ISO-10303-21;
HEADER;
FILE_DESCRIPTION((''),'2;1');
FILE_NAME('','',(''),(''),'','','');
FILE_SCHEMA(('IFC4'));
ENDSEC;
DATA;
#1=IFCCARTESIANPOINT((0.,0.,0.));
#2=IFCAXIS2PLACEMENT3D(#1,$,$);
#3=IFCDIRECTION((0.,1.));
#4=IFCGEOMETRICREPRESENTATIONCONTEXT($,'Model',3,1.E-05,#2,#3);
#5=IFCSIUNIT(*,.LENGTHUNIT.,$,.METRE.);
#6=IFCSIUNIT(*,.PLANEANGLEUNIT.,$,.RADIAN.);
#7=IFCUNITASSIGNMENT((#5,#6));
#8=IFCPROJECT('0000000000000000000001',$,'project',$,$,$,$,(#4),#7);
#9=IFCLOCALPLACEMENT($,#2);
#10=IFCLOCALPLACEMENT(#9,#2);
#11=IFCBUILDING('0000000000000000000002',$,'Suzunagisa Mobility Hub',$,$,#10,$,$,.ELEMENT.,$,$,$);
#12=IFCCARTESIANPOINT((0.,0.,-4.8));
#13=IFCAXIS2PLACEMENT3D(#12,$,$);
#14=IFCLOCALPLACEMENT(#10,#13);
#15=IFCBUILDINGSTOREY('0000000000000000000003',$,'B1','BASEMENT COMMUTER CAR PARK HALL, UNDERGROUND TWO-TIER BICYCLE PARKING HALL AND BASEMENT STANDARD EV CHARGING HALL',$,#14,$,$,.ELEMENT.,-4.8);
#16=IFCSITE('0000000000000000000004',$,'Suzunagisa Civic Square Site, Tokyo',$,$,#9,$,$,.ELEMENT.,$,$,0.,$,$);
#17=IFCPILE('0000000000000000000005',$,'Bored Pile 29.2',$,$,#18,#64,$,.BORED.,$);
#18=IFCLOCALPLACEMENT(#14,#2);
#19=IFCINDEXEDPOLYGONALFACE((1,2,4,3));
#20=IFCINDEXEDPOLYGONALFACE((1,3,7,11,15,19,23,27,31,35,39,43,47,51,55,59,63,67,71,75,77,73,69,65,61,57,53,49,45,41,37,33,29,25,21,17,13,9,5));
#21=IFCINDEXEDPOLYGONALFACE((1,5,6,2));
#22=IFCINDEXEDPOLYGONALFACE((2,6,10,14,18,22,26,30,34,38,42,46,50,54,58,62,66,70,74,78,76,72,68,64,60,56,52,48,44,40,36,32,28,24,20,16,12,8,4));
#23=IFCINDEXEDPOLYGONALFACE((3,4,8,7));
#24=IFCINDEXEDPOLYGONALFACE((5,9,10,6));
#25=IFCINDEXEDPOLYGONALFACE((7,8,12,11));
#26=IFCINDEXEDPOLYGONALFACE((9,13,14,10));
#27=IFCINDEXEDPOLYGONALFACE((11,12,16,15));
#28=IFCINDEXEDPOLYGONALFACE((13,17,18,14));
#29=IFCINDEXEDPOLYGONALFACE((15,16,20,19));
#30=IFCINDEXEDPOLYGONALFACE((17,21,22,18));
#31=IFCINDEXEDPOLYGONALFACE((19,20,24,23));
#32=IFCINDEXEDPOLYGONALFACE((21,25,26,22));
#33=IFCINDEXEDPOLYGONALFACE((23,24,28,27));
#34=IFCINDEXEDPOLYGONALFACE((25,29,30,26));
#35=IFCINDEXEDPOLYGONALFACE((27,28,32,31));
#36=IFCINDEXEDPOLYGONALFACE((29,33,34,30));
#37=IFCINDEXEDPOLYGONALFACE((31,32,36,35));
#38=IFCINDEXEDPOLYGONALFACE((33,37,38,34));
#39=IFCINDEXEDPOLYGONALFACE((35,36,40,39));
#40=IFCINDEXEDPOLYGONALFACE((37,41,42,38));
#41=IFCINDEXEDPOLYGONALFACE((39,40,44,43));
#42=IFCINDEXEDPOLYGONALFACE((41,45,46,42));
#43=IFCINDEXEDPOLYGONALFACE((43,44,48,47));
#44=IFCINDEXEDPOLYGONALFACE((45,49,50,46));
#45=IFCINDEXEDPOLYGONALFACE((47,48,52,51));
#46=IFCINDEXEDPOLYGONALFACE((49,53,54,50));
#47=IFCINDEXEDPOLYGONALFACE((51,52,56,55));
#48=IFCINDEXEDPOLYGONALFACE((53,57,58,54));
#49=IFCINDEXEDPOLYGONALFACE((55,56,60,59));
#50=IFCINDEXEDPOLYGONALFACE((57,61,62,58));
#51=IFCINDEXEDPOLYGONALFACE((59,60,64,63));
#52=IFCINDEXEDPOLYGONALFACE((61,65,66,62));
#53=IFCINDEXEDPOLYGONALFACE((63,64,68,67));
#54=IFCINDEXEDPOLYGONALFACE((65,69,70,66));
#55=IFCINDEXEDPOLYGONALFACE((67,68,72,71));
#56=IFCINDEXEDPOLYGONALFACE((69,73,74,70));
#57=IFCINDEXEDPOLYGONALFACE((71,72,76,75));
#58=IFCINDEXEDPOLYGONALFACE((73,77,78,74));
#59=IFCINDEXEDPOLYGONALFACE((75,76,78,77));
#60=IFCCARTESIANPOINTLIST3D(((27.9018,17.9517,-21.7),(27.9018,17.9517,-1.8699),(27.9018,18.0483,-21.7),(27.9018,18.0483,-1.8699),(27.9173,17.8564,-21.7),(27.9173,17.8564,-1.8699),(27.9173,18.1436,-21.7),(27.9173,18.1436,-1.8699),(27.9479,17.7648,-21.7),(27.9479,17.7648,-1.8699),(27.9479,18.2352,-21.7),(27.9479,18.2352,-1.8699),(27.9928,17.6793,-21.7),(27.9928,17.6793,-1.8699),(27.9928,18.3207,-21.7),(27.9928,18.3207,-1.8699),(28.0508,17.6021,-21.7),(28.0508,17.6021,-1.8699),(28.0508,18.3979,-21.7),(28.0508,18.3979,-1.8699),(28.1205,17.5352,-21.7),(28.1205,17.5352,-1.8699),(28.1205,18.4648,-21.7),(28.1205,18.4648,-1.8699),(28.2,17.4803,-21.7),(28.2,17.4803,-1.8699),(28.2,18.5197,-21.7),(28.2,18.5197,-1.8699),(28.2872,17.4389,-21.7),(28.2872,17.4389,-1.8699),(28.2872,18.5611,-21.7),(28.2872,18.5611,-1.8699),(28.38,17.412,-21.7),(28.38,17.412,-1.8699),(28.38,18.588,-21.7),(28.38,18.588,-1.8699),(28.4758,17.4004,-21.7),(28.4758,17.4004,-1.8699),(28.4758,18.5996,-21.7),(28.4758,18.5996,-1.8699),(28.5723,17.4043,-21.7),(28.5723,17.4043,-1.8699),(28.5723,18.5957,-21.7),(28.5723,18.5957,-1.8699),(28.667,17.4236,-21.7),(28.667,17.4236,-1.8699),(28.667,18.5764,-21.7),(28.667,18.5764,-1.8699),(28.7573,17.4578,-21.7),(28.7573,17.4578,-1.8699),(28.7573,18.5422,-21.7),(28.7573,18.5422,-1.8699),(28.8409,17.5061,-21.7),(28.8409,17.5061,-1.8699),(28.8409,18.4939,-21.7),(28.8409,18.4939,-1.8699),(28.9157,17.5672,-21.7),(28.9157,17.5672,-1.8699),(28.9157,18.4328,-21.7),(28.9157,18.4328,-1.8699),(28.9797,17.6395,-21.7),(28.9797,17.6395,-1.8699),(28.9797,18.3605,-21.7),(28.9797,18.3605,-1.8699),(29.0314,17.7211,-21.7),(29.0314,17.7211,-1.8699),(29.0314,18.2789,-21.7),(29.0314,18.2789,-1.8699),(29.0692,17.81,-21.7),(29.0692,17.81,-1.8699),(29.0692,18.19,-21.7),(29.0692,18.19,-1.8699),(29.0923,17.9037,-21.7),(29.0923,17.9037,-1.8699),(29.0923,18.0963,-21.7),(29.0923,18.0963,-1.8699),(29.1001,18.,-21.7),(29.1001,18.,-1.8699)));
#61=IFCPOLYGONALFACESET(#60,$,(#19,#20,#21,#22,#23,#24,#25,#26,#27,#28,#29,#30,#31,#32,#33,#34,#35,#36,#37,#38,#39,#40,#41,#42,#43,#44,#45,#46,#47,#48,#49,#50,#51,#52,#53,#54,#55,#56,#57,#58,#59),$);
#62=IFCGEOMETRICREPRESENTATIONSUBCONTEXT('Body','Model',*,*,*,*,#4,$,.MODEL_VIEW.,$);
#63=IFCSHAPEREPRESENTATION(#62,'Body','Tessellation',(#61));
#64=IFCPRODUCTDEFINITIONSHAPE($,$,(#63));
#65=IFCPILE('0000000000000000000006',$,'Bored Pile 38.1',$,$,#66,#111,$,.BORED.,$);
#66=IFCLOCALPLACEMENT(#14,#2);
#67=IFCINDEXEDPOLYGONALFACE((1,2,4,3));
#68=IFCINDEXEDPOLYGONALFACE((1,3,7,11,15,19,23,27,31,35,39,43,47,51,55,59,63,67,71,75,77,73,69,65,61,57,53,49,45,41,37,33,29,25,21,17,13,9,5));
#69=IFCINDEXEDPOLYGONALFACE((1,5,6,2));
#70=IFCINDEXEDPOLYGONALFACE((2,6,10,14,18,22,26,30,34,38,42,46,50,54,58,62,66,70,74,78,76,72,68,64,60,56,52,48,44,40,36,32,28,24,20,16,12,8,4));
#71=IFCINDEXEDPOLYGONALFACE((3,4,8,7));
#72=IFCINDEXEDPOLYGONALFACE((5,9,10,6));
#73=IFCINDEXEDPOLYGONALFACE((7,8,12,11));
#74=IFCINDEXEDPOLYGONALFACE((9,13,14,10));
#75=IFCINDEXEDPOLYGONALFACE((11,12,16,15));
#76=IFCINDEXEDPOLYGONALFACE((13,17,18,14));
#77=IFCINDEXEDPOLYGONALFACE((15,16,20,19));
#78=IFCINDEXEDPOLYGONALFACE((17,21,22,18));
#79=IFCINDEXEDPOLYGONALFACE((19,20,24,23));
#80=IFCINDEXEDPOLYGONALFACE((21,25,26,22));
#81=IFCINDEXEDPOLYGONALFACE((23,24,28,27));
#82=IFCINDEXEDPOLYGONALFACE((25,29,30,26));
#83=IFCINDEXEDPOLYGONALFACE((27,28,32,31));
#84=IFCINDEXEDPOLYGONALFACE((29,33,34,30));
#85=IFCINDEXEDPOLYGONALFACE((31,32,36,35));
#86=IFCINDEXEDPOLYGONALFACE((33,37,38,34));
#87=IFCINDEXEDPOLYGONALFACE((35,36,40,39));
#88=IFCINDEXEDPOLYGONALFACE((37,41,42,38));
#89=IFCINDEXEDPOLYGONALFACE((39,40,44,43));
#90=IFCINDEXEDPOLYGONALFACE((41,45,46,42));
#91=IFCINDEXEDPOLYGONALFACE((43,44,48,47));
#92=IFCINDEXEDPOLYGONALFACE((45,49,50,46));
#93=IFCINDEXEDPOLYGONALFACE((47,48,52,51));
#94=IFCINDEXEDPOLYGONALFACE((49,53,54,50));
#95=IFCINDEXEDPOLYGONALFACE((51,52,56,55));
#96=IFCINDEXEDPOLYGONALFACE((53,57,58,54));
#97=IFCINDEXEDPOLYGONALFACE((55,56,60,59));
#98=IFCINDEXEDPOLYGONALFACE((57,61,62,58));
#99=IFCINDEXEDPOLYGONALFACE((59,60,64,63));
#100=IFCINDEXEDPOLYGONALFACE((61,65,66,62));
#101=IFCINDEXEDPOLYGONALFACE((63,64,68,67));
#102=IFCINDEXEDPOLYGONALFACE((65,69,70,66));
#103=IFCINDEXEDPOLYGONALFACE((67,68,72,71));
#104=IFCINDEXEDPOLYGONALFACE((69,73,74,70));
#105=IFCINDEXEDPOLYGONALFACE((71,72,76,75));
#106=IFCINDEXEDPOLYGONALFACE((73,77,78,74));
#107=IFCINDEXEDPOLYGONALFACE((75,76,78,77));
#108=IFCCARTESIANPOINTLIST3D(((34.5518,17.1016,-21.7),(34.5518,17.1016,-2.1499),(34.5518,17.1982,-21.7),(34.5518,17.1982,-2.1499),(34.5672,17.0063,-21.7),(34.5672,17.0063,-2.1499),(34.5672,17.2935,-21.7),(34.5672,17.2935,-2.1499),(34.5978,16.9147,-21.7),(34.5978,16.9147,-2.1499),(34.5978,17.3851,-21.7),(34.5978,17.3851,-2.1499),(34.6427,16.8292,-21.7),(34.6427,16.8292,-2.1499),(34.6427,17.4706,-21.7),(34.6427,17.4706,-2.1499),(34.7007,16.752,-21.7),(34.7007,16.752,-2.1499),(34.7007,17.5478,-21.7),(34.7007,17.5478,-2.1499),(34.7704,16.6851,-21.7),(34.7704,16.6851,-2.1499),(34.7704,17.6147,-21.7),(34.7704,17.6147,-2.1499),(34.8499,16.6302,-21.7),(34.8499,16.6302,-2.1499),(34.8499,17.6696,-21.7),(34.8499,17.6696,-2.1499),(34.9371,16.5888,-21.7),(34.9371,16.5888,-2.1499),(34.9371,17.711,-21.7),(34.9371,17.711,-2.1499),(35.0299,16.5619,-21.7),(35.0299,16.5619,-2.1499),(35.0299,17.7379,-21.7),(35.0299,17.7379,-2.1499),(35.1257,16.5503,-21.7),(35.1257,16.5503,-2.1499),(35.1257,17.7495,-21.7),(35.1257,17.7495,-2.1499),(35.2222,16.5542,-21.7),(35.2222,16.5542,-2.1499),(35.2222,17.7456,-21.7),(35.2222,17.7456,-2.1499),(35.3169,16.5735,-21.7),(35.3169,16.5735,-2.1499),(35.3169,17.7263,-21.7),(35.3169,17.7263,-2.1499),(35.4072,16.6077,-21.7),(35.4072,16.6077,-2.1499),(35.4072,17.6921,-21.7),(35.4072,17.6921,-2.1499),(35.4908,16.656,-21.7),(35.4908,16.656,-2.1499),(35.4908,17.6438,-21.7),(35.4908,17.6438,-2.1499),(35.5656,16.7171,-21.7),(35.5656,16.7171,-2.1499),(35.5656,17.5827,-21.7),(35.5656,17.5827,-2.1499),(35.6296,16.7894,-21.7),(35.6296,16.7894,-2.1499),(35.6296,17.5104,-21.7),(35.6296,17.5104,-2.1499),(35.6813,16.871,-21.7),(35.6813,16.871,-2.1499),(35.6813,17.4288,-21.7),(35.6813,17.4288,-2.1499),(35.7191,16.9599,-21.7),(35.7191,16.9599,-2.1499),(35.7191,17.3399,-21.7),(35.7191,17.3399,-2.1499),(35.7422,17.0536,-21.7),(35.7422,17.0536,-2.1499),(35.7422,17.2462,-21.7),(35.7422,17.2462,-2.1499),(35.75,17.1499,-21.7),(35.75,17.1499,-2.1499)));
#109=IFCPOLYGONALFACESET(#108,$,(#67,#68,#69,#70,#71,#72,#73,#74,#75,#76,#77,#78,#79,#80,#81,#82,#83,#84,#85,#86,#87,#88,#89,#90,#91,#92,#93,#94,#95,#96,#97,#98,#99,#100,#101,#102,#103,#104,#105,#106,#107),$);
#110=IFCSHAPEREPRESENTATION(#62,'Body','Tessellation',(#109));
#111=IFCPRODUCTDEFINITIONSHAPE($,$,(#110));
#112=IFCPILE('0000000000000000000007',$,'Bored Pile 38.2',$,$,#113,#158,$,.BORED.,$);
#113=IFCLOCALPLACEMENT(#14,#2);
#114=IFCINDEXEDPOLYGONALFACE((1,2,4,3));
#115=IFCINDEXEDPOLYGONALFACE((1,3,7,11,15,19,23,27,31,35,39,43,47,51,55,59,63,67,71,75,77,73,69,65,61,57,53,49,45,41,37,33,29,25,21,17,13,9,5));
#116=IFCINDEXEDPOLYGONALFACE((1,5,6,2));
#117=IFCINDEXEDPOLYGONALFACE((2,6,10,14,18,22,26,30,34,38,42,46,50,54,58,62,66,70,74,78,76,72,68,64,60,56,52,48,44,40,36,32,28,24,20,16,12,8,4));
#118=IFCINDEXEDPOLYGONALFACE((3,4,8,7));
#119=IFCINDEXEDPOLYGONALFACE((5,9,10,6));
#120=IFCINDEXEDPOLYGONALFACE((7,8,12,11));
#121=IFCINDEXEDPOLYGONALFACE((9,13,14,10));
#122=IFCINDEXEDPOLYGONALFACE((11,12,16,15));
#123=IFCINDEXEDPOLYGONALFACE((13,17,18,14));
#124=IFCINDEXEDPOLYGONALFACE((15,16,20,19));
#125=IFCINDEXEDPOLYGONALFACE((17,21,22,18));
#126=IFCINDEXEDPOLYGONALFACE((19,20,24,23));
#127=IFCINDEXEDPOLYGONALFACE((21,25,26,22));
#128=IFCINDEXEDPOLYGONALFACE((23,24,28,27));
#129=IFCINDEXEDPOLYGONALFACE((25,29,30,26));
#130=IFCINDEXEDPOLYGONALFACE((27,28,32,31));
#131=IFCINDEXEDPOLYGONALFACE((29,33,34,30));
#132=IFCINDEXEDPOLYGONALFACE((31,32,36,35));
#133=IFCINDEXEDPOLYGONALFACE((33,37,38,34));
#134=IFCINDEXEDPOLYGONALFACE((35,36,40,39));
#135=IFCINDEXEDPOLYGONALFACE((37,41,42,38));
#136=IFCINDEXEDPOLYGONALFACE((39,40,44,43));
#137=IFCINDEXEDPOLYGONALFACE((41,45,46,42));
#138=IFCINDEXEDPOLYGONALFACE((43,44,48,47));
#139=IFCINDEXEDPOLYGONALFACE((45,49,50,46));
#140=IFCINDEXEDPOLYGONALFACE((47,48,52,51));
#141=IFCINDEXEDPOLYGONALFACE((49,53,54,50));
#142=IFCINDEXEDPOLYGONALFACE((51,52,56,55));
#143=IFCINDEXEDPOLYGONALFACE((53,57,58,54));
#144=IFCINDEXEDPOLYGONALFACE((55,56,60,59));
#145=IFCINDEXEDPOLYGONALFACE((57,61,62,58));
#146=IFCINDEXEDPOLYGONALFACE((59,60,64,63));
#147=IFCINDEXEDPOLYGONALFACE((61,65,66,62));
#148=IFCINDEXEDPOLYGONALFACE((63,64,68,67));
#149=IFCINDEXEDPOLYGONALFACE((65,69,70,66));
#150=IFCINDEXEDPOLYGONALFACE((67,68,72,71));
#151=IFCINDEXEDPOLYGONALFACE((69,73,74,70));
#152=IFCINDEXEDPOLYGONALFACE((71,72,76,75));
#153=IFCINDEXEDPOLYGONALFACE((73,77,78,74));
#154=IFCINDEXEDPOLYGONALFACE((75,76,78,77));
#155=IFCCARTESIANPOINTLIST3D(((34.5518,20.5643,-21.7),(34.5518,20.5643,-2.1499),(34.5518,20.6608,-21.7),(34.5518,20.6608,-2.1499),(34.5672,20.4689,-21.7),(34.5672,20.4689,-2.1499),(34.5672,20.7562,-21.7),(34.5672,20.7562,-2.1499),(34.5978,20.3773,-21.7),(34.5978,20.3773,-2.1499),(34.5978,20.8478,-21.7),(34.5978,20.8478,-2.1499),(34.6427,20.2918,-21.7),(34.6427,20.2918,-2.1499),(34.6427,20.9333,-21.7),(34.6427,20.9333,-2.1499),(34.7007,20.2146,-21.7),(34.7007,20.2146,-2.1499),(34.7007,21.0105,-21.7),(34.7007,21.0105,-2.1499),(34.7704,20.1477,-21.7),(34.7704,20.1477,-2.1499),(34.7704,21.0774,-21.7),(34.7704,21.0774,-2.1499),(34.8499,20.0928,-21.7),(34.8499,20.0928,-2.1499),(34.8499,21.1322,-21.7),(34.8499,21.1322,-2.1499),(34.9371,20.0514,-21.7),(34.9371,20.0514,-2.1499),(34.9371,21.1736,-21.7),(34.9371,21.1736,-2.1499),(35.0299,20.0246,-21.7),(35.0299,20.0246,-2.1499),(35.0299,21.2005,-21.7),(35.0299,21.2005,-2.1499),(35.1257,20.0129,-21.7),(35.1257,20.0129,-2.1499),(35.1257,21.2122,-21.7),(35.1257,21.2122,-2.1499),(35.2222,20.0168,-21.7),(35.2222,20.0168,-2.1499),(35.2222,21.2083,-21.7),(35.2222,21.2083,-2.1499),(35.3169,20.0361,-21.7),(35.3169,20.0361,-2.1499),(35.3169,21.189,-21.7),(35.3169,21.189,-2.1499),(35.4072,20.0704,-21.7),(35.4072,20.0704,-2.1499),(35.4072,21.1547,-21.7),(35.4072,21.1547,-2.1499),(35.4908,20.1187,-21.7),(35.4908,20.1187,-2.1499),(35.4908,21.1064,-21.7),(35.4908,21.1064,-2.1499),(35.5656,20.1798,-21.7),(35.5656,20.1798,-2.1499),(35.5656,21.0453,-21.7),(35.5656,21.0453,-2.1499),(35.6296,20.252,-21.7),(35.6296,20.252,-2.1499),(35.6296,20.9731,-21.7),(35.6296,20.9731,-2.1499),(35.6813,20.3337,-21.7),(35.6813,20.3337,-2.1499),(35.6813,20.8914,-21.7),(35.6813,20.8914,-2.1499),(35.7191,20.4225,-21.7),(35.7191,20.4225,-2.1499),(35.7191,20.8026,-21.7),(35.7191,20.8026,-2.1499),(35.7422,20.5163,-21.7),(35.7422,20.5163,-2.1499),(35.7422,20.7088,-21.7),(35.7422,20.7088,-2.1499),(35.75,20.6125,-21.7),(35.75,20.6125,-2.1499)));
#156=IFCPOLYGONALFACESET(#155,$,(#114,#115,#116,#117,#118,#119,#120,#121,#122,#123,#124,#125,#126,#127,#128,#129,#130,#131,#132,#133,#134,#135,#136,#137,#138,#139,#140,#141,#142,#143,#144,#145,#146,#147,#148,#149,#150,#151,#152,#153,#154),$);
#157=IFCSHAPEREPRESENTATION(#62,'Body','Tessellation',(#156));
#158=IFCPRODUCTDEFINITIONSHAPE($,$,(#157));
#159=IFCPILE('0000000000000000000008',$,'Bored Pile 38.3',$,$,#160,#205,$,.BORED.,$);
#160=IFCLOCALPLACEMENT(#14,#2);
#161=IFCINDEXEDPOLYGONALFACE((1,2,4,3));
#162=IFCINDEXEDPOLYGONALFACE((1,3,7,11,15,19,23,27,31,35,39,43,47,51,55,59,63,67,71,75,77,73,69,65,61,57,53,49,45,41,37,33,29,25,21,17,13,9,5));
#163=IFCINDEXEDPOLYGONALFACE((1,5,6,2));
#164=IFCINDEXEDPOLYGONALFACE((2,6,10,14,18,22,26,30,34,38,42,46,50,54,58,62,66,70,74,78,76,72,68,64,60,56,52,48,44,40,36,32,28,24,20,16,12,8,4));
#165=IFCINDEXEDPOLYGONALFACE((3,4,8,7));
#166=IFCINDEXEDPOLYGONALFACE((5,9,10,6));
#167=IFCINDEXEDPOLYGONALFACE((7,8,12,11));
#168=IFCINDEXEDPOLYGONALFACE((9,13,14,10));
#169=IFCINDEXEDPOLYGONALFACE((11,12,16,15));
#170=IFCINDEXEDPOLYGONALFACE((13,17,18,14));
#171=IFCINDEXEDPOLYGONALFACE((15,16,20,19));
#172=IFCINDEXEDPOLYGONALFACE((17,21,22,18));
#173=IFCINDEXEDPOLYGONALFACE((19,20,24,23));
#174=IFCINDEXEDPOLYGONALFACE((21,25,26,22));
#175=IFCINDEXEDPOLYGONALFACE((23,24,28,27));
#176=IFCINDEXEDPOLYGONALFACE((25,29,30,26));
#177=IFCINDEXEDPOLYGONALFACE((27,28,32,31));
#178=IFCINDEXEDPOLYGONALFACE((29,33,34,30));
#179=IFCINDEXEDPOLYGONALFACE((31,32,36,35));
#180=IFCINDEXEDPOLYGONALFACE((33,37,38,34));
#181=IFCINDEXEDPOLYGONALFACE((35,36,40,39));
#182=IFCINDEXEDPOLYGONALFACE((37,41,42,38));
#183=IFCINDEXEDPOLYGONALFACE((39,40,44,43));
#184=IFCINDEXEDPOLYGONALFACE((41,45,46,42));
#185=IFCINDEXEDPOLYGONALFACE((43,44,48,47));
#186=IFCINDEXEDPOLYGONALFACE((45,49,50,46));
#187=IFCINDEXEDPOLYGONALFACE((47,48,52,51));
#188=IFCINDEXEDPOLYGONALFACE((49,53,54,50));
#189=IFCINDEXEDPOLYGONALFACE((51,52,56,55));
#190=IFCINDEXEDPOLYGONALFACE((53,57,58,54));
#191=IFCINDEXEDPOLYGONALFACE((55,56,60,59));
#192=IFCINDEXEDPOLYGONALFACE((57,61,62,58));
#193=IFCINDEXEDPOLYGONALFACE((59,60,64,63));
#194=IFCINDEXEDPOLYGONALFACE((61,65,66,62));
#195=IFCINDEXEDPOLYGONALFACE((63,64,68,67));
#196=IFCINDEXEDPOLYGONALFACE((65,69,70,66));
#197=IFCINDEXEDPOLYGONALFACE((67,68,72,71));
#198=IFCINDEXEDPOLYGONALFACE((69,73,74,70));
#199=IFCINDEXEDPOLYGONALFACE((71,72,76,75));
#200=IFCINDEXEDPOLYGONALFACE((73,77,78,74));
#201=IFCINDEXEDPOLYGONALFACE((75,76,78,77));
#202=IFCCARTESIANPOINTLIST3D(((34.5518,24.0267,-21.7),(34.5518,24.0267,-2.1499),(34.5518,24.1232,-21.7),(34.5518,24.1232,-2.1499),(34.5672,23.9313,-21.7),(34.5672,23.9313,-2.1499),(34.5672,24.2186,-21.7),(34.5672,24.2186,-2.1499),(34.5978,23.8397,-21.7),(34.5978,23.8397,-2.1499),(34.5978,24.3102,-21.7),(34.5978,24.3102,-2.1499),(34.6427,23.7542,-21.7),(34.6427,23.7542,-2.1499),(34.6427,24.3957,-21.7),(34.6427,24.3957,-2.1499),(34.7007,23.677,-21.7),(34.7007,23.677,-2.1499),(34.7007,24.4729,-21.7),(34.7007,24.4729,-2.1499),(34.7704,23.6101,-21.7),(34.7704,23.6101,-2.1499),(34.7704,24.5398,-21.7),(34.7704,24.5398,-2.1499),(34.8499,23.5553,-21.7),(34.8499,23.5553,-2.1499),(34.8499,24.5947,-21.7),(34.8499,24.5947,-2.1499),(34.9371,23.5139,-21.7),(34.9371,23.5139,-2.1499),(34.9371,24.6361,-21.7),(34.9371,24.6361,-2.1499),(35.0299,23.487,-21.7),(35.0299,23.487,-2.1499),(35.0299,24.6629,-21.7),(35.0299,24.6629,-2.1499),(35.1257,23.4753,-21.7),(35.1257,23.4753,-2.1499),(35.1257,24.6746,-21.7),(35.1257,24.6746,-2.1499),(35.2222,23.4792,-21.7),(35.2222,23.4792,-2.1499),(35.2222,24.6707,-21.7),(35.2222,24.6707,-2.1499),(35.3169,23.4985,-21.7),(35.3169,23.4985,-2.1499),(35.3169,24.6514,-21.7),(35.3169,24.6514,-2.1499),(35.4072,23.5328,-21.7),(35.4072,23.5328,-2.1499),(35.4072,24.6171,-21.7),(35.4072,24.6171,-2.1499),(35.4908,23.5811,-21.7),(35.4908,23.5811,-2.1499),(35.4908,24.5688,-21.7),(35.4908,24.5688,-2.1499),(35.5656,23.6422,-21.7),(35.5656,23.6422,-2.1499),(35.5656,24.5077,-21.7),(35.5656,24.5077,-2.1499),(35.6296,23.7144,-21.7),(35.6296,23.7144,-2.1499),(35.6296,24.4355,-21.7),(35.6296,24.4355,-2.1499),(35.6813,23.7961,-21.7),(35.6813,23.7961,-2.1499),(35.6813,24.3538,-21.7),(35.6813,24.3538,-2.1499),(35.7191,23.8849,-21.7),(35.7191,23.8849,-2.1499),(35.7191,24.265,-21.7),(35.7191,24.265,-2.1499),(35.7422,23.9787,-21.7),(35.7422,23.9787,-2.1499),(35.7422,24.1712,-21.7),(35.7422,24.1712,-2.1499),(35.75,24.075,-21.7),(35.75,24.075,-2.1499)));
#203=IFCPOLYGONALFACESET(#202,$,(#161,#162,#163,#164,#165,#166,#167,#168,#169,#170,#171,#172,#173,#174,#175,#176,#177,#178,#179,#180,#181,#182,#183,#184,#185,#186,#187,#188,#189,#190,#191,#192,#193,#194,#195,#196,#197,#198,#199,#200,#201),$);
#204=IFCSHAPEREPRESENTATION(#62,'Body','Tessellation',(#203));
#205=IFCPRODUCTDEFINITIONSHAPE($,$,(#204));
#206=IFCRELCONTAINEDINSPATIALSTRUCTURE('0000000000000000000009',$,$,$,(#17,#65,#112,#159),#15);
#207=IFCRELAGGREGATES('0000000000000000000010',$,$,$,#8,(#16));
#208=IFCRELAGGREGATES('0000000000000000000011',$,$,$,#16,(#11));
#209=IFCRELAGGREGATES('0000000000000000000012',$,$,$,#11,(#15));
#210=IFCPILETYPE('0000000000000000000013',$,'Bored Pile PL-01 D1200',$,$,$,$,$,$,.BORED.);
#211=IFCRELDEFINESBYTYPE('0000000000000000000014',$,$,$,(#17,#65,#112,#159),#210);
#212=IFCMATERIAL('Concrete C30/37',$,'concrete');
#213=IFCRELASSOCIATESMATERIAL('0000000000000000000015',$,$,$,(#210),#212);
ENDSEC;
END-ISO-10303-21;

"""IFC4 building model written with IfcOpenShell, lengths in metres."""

from ifc_helpers import new_model, si_unit, direction, frame, origin, origin_2d, place, context, subcontext, project, spatial, circle, extrude, material, material_profile, profile_set, type_object, element, save


model = new_model("IFC4")

# Units and contexts
model_context = context("Model", 3, precision=1e-05, world=origin(), true_north=direction((0.0, 1.0)))
body_context = subcontext(model_context, "Body", "Model", "MODEL_VIEW")
ifc_project = project(units=[si_unit("LENGTHUNIT", "METRE"), si_unit("PLANEANGLEUNIT", "RADIAN")], contexts=[model_context])

# Site, building, storey
site_placement = place(None, origin())
site = spatial("IfcSite", under=ifc_project, at=site_placement, Name="Suzunagisa Civic Square Site, Tokyo", CompositionType="ELEMENT", RefElevation=0.0)
building_placement = place(site_placement, origin())
building = spatial("IfcBuilding", under=site, at=building_placement, Name="Suzunagisa Mobility Hub", CompositionType="ELEMENT")
storey_placement = place(building_placement, frame((0.0, 0.0, -4.8)))
storey = spatial("IfcBuildingStorey", under=building, at=storey_placement, Name="B1", Description="BASEMENT COMMUTER CAR PARK HALL, UNDERGROUND TWO-TIER BICYCLE PARKING HALL AND BASEMENT STANDARD EV CHARGING HALL", CompositionType="ELEMENT", Elevation=-4.8)

# Piles
ifc_material_1 = material(Name="Concrete C30/37", Category="concrete")
ifc_material_profile_1 = material_profile(ifc_material_1, circle(Radius=0.6001, at=origin_2d()), Name="BORED PILE D1200")
ifc_profile_set_1 = profile_set([ifc_material_profile_1], Name="Concrete C30/37")
pile_type = type_object("IfcPileType", Name="Bored Pile PL-01 D1200", PredefinedType="BORED", material=ifc_profile_set_1)
pile_placement = place(storey_placement, frame((28.5, 18.0, -1.8699), z_axis=(0.0, 0.0, -1.0), x_axis=(1.0, 0.0, 0.0)))
element("IfcPile", 1, at=pile_placement, inside=storey, type_object=pile_type, Name="Bored Pile 29.2", PredefinedType="BORED", context=body_context, shape_type="SweptSolid", body=[
    extrude(circle(Radius=0.6001, at=origin_2d()), origin(), (0.0, 0.0, 1.0), 19.8301),
])
for number, where, z_axis, x_axis, name in (
    (2, (35.1499, 17.1499, -2.1499), (0.0, 0.0, -1.0), (1.0, 0.0, 0.0), "Bored Pile 38.1"),
    (3, (35.1499, 20.6125, -2.1499), (0.0, 0.0, -1.0), (1.0, 0.0, 0.0), "Bored Pile 38.2"),
    (4, (35.1499, 24.075, -2.1499), (0.0, 0.0, -1.0), (1.0, 0.0, 0.0), "Bored Pile 38.3"),
):
    element("IfcPile", number, at=place(storey_placement, frame(where, z_axis=z_axis, x_axis=x_axis)), inside=storey, type_object=pile_type, Name=name, PredefinedType="BORED", context=body_context, shape_type="SweptSolid", body=[
        extrude(circle(Radius=0.6001, at=origin_2d()), origin(), (0.0, 0.0, 1.0), 19.55),
    ])

save(model, "model.ifc")
